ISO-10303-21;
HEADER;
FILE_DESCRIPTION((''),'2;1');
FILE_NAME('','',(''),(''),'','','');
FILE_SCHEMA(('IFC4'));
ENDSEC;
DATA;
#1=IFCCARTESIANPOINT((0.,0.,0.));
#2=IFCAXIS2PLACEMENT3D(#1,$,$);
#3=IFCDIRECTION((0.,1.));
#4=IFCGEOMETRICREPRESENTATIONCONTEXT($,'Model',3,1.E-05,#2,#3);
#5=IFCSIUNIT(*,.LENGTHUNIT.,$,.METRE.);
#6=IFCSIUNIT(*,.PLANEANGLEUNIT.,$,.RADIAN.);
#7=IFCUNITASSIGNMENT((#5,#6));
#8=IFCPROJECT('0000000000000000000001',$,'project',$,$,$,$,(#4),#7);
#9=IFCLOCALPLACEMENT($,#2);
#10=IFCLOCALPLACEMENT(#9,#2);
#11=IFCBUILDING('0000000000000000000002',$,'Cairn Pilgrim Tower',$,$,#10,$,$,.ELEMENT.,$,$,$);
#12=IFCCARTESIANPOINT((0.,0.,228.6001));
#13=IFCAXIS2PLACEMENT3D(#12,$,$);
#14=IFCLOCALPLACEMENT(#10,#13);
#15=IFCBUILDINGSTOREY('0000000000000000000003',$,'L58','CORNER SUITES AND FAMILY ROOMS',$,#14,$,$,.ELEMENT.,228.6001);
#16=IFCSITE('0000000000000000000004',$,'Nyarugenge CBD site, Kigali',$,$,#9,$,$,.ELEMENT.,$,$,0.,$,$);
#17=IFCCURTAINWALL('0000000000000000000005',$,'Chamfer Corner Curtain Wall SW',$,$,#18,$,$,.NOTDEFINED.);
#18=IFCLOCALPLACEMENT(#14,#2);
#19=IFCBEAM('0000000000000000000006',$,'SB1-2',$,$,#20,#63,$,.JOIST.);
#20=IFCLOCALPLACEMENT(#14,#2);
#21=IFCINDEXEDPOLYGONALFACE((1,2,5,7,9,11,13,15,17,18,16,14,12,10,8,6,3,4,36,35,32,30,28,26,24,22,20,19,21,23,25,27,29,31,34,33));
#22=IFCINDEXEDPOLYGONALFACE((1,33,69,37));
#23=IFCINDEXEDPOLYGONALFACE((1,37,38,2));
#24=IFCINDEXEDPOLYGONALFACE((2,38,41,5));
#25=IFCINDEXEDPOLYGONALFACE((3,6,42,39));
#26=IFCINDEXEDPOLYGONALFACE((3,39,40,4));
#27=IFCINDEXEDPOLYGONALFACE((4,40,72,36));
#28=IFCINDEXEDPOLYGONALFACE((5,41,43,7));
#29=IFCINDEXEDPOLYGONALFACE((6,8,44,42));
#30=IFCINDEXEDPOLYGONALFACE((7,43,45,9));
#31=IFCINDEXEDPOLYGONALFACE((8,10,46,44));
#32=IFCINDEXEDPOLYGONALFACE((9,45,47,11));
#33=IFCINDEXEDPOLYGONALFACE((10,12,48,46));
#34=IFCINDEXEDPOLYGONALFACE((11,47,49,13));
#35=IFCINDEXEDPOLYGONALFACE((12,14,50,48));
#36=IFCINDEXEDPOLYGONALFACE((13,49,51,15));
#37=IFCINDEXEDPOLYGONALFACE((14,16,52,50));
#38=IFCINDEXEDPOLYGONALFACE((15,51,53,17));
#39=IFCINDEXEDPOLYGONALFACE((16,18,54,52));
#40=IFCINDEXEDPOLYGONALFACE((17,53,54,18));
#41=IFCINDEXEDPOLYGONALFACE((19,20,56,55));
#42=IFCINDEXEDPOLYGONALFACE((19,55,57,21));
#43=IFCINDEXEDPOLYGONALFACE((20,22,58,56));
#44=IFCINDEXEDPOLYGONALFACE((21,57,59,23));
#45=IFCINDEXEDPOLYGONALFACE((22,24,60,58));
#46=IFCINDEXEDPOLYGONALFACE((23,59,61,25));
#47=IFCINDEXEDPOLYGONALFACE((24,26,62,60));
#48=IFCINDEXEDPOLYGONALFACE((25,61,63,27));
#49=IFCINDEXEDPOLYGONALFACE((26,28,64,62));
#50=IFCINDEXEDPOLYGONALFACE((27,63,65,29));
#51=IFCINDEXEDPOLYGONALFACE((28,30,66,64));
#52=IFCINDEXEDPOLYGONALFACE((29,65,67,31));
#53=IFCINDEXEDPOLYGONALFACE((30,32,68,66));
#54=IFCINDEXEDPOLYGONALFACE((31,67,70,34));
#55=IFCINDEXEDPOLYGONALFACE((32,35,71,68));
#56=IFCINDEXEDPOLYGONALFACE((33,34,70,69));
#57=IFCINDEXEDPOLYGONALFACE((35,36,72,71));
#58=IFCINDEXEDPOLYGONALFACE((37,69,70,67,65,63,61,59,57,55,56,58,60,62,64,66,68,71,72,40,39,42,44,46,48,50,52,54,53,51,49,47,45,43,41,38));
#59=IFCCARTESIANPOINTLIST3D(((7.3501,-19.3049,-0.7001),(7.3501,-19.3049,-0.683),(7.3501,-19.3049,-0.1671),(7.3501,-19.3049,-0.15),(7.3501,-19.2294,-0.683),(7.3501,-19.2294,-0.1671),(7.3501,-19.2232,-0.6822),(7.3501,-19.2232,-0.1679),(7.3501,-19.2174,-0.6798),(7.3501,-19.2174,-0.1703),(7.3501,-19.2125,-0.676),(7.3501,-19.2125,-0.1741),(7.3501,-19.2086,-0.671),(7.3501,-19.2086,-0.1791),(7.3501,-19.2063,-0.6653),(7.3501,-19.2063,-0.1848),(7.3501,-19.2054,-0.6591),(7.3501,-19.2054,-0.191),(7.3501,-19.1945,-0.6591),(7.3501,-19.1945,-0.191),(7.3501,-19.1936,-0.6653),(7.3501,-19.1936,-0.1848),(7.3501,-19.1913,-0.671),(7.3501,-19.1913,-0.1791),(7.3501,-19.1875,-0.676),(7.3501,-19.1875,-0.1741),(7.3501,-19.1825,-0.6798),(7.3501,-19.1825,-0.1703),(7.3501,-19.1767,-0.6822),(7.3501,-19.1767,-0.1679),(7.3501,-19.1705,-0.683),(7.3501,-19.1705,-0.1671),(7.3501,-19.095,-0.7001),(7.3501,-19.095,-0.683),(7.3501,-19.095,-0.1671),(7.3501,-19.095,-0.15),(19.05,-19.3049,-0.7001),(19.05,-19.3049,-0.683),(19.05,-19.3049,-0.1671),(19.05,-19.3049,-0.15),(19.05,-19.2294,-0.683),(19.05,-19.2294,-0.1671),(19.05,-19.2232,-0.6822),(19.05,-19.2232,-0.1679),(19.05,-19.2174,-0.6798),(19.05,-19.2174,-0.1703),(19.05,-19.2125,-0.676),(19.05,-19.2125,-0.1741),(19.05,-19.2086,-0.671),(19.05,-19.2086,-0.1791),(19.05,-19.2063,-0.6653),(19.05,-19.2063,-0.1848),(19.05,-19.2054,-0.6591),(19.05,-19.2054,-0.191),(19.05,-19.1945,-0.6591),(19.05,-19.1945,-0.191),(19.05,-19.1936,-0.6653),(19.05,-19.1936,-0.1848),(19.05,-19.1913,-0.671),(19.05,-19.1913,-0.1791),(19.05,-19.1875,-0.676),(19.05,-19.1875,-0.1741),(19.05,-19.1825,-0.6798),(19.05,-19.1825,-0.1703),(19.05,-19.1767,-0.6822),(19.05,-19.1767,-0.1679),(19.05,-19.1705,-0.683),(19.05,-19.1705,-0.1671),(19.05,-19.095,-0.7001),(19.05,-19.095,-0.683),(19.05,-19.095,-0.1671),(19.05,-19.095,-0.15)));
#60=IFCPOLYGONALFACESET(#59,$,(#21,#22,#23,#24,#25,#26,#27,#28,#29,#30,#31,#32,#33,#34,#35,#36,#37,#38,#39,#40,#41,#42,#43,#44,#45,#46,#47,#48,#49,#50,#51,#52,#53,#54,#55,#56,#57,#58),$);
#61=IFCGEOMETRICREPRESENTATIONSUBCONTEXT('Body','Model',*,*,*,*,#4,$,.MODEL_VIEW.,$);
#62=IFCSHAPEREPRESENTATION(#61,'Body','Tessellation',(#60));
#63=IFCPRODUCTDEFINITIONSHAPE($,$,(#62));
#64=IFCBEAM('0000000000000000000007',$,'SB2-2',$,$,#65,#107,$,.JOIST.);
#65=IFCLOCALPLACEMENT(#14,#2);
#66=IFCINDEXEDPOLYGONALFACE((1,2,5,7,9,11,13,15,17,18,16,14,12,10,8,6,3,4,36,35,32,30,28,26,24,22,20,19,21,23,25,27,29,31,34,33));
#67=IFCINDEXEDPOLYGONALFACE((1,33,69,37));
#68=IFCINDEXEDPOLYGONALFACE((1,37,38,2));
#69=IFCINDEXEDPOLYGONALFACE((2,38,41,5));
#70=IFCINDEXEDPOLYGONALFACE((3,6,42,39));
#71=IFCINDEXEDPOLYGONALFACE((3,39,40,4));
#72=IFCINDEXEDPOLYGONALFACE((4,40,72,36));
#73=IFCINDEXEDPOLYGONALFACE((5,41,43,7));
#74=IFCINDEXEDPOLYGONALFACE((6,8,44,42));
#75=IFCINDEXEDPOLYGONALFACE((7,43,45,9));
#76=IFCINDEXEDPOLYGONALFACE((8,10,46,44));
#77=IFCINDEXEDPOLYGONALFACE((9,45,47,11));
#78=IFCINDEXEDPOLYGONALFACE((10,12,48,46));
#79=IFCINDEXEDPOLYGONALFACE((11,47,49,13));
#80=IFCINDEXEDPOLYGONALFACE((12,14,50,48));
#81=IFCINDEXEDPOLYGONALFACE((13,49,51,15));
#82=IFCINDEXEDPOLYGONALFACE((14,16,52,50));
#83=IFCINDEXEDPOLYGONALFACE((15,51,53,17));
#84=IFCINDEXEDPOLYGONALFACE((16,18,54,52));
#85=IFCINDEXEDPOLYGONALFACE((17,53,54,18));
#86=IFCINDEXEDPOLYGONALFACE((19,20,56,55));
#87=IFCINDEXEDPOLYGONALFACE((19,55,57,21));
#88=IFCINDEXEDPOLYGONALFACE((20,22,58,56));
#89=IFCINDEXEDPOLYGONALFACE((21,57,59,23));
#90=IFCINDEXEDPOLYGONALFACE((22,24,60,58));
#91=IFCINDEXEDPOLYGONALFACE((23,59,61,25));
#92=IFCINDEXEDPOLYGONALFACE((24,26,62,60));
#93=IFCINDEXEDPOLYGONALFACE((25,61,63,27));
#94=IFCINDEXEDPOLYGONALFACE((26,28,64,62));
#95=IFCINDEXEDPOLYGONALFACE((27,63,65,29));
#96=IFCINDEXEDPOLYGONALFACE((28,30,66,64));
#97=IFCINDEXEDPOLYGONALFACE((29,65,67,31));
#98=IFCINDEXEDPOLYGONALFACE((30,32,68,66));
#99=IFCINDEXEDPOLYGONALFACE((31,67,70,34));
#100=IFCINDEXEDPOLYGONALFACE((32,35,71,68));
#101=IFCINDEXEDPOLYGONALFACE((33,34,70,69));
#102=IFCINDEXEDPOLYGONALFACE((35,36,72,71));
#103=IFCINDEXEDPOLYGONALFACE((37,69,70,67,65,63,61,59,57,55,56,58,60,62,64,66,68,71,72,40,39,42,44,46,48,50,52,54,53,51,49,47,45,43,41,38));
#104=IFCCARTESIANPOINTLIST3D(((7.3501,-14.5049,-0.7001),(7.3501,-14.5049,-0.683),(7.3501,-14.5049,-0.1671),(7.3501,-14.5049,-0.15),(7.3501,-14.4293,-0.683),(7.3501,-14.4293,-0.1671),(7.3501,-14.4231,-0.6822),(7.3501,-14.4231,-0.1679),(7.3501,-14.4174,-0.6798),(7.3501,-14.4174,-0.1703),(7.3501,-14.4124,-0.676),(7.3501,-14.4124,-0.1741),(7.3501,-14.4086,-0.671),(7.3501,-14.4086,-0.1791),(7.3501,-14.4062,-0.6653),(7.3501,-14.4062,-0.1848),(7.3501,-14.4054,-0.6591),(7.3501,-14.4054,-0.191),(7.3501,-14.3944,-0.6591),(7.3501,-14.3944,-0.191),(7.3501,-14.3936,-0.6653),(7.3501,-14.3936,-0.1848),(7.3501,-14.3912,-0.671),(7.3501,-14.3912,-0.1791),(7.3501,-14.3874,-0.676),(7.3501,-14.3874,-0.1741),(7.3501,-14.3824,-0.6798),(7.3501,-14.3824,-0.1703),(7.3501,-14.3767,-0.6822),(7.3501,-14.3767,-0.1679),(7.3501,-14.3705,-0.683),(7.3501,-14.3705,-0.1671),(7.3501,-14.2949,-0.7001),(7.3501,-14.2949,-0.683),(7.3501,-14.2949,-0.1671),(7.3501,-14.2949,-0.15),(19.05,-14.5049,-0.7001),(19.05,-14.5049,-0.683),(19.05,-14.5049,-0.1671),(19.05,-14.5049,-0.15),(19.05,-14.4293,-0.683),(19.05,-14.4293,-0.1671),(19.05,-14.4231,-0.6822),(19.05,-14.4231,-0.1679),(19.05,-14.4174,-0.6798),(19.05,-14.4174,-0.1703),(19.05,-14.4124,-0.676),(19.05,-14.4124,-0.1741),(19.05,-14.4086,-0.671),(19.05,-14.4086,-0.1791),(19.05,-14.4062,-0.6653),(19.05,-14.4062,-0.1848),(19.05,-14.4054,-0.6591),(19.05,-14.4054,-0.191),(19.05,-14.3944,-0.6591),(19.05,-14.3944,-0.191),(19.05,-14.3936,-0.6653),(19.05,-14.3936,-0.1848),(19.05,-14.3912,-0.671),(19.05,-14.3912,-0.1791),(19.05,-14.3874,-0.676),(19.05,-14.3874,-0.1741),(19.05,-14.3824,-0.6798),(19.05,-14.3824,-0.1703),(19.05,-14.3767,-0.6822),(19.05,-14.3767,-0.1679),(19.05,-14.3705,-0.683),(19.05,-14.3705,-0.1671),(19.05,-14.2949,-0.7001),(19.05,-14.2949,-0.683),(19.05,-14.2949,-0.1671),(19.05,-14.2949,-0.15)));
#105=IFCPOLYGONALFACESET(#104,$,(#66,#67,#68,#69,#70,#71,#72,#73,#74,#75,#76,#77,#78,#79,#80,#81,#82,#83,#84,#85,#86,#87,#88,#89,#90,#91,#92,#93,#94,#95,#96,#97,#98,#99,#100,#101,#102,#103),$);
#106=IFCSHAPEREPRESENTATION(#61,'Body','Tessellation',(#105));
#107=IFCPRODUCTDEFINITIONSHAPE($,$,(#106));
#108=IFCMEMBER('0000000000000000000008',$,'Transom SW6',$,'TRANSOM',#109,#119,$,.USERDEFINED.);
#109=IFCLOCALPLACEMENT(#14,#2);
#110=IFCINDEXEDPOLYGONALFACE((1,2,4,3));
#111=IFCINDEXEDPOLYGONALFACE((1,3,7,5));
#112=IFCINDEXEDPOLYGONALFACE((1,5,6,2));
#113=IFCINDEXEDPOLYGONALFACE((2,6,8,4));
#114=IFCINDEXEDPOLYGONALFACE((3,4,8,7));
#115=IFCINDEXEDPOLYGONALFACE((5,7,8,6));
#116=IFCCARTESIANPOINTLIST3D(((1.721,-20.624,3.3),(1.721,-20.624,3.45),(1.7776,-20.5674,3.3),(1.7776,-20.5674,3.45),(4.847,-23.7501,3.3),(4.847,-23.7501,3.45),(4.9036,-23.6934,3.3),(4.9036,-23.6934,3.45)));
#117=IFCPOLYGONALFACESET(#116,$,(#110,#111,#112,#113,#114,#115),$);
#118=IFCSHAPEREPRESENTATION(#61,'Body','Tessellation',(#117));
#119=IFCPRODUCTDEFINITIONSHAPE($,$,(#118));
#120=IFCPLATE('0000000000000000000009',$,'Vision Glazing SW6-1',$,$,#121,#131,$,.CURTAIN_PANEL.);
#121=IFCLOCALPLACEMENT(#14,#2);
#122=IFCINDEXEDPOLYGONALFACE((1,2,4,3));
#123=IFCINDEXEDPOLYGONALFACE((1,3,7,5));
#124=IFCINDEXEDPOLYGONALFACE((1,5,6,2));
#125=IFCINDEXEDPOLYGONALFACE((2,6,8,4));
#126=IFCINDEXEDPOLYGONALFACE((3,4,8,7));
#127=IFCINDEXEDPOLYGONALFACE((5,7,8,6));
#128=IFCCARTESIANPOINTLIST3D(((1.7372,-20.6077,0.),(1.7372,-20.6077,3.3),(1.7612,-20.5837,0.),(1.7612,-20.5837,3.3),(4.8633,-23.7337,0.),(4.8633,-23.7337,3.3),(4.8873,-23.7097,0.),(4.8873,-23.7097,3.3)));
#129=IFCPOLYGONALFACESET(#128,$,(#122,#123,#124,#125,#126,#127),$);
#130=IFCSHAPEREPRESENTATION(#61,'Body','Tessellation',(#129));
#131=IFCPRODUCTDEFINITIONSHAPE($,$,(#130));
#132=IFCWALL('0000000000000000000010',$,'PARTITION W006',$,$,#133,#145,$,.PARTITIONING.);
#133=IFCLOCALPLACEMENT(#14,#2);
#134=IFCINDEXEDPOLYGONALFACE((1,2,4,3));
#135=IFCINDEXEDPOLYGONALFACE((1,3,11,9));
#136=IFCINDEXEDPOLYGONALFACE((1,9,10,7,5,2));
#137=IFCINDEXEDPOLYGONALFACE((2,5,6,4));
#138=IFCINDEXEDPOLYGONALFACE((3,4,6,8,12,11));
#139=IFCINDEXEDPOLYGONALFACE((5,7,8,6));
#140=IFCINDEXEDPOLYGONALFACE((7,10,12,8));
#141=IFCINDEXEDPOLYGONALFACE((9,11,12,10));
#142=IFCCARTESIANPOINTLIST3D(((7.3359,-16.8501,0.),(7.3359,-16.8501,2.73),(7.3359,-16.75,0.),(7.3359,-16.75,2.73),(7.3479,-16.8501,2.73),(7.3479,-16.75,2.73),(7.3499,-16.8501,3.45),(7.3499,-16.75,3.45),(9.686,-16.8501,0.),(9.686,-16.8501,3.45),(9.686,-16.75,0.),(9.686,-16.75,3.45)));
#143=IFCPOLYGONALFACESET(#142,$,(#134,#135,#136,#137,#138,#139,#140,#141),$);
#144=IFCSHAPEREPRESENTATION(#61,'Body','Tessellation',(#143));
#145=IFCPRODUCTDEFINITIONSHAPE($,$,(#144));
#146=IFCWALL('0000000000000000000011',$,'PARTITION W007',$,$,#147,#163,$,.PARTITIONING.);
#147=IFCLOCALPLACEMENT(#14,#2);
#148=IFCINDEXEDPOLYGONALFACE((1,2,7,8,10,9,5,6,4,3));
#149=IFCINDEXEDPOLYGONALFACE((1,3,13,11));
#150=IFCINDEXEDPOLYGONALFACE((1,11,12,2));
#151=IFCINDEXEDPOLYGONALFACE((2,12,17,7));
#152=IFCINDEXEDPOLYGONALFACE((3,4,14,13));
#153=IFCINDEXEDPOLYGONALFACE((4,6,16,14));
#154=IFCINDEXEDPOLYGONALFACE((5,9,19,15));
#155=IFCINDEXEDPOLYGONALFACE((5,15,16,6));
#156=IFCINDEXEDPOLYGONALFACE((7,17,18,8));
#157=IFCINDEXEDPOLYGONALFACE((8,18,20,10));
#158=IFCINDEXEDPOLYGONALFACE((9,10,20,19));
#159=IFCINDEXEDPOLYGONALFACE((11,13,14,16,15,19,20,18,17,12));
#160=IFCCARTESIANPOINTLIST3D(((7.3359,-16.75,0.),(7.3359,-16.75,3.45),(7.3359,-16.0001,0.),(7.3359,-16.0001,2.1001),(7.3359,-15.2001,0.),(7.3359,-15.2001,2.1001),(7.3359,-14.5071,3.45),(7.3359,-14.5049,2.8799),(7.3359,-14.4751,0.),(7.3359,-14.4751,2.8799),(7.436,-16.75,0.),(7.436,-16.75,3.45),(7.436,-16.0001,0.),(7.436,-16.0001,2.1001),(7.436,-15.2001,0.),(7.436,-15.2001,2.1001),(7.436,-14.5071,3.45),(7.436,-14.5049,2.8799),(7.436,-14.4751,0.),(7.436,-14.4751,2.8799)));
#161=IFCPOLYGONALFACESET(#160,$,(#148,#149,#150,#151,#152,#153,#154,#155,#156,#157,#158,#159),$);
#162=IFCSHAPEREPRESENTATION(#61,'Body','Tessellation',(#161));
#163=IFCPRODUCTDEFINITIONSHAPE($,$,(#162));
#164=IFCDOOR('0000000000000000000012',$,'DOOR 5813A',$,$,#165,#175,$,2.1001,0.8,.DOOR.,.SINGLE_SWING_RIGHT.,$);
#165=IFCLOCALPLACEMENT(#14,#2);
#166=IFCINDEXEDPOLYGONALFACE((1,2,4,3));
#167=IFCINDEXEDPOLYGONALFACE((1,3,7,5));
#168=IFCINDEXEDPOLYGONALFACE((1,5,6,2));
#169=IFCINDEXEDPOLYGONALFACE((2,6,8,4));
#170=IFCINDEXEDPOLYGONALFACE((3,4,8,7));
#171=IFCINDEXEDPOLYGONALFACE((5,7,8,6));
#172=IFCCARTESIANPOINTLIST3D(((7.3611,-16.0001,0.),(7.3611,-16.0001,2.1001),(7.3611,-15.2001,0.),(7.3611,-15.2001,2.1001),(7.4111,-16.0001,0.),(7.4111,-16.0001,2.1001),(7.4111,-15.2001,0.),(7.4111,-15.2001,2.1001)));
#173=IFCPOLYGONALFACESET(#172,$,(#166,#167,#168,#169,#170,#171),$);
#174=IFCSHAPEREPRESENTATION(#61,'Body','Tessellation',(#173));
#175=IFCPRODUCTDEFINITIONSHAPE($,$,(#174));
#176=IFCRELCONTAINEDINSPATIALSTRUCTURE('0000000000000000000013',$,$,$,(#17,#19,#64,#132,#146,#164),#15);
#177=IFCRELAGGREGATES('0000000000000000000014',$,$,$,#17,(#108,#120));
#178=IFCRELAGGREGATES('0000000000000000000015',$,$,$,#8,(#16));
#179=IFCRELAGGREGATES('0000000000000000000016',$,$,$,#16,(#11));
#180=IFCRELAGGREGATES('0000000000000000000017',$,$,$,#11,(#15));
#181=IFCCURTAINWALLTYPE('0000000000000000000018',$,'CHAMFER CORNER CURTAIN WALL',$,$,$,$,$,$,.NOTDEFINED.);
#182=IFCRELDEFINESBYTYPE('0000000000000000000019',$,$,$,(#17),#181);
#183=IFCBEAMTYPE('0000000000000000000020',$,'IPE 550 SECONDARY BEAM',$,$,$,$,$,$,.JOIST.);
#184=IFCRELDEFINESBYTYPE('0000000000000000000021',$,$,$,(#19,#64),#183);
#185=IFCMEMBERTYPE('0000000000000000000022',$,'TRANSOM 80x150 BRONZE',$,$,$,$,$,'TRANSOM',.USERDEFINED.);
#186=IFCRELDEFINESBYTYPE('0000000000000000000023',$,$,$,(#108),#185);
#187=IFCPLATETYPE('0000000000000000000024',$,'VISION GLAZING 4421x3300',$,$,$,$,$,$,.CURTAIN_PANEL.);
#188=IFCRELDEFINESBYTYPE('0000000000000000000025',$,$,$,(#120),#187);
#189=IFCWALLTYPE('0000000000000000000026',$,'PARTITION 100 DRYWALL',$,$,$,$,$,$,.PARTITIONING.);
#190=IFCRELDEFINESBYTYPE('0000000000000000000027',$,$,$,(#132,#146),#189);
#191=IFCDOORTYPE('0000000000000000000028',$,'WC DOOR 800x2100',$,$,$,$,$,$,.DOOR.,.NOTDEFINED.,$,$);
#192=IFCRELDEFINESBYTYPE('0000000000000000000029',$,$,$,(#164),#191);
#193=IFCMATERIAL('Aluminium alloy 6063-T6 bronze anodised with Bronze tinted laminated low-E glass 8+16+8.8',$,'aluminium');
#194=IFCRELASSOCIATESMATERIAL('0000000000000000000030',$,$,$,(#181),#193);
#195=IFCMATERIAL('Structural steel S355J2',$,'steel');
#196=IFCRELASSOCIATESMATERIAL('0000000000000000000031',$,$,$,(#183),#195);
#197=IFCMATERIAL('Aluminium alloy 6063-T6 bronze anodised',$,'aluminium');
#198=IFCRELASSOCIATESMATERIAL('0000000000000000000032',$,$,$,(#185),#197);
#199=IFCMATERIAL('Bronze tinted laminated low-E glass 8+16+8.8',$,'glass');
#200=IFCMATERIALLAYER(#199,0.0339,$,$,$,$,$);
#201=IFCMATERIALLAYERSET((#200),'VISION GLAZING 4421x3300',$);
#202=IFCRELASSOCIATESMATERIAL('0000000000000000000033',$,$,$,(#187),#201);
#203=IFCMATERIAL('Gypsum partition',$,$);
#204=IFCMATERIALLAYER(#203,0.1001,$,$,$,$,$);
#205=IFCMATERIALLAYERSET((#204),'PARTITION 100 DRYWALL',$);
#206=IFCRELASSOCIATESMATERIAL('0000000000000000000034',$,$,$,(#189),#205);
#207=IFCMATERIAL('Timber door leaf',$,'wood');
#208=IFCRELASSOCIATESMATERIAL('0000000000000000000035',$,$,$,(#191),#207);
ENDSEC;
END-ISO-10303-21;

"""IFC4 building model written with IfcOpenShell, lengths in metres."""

from ifc_helpers import new_model, si_unit, direction, frame, frame_2d, origin, origin_2d, place, context, subcontext, project, spatial, polyline, rectangle, i_section, outline, extrude, material, layer, layer_set, material_profile, profile_set, type_object, element, fill, aggregate, save


model = new_model("IFC4")

# Units and contexts
model_context = context("Model", 3, precision=1e-05, world=origin(), true_north=direction((0.0, 1.0)))
body_context = subcontext(model_context, "Body", "Model", "MODEL_VIEW")
ifc_project = project(units=[si_unit("LENGTHUNIT", "METRE"), si_unit("PLANEANGLEUNIT", "RADIAN")], contexts=[model_context])

# Site, building, storey
site_placement = place(None, origin())
site = spatial("IfcSite", under=ifc_project, at=site_placement, Name="Nyarugenge CBD site, Kigali", CompositionType="ELEMENT", RefElevation=0.0)
building_placement = place(site_placement, origin())
building = spatial("IfcBuilding", under=site, at=building_placement, Name="Cairn Pilgrim Tower", CompositionType="ELEMENT")
storey_placement = place(building_placement, frame((0.0, 0.0, 228.6001)))
storey = spatial("IfcBuildingStorey", under=building, at=storey_placement, Name="L58", Description="CORNER SUITES AND FAMILY ROOMS", CompositionType="ELEMENT", Elevation=228.6001)

# Shared definitions
ifc_material_1 = material(Name="Aluminium alloy 6063-T6 bronze anodised with Bronze tinted laminated low-E glass 8+16+8.8", Category="aluminium")
ifc_material_2 = material(Name="Aluminium alloy 6063-T6 bronze anodised", Category="aluminium")

# Curtain wall
curtain_wall_type_1 = type_object("IfcCurtainWallType", Name="CHAMFER CORNER CURTAIN WALL", PredefinedType="NOTDEFINED", material=ifc_material_1)
curtain_wall_1_placement = place(storey_placement, origin())
curtain_wall_1 = element("IfcCurtainWall", 1, at=curtain_wall_1_placement, inside=storey, type_object=curtain_wall_type_1, Name="Chamfer Corner Curtain Wall SW", PredefinedType="NOTDEFINED")

# Beams
ifc_material_3 = material(Name="Structural steel S355J2", Category="steel")
ifc_material_profile_1 = material_profile(ifc_material_3, i_section(OverallWidth=0.21, OverallDepth=0.55, WebThickness=0.011, FlangeThickness=0.0171, FilletRadius=0.0239, at=origin_2d()), Name="IPE 550")
ifc_profile_set_1 = profile_set([ifc_material_profile_1], Name="Structural steel S355J2")
beam_type_1 = type_object("IfcBeamType", Name="IPE 550 SECONDARY BEAM", PredefinedType="JOIST", material=ifc_profile_set_1)
for number, where, z_axis, x_axis, name in (
    (2, (7.3501, -19.2, -0.425), (1.0, 0.0, 0.0), (0.0, 1.0, 0.0), "SB1-2"),
    (3, (7.3501, -14.3999, -0.425), (1.0, 0.0, 0.0), (0.0, 1.0, 0.0), "SB2-2"),
):
    element("IfcBeam", number, at=place(storey_placement, frame(where, z_axis=z_axis, x_axis=x_axis)), inside=storey, type_object=beam_type_1, Name=name, PredefinedType="JOIST", context=body_context, shape_type="SweptSolid", body=[
        extrude(i_section(OverallWidth=0.21, OverallDepth=0.55, WebThickness=0.011, FlangeThickness=0.0171, FilletRadius=0.0239, at=origin_2d()), origin(), (0.0, 0.0, 1.0), 11.7),
    ])

# Member
ifc_material_profile_2 = material_profile(ifc_material_2, rectangle(XDim=0.0801, YDim=0.1499, at=origin_2d()), Name="TRANSOM 80x150 BRONZE")
ifc_profile_set_2 = profile_set([ifc_material_profile_2], Name="Aluminium alloy 6063-T6 bronze anodised")
member_type_1 = type_object("IfcMemberType", Name="TRANSOM 80x150 BRONZE", ElementType="TRANSOM", PredefinedType="USERDEFINED", material=ifc_profile_set_2)
member_1_placement = place(storey_placement, frame((1.7493, -20.5957, 3.375), z_axis=(0.707107, -0.707107, 0.0), x_axis=(0.707107, 0.707107, 0.0)))
member_1 = element("IfcMember", 4, at=member_1_placement, type_object=member_type_1, Name="Transom SW6", ObjectType="TRANSOM", PredefinedType="USERDEFINED", context=body_context, shape_type="SweptSolid", body=[
    extrude(rectangle(XDim=0.0801, YDim=0.1499, at=origin_2d()), origin(), (0.0, 0.0, 1.0), 4.4209),
])

# Plate
ifc_material_4 = material(Name="Bronze tinted laminated low-E glass 8+16+8.8", Category="glass")
ifc_layer_1 = layer(ifc_material_4, 0.0339)
ifc_layer_set_1 = layer_set([ifc_layer_1], Name="VISION GLAZING 4421x3300")
plate_type = type_object("IfcPlateType", Name="VISION GLAZING 4421x3300", PredefinedType="CURTAIN_PANEL", material=ifc_layer_set_1)
plate_placement = place(storey_placement, frame((3.3123, -22.1587, 0.0), z_axis=(0.0, 0.0, 1.0), x_axis=(0.707107, -0.707107, 0.0)))
plate = element("IfcPlate", 5, at=plate_placement, type_object=plate_type, Name="Vision Glazing SW6-1", PredefinedType="CURTAIN_PANEL", context=body_context, shape_type="SweptSolid", body=[
    extrude(rectangle(XDim=4.4209, YDim=0.0339, at=origin_2d()), origin(), (0.0, 0.0, 1.0), 3.3),
])
aggregate(curtain_wall_1, [member_1, plate])

# Wall
ifc_material_5 = material(Name="Gypsum partition")
ifc_layer_2 = layer(ifc_material_5, 0.1001)
ifc_layer_set_2 = layer_set([ifc_layer_2], Name="PARTITION 100 DRYWALL")
wall_type_1 = type_object("IfcWallType", Name="PARTITION 100 DRYWALL", PredefinedType="PARTITIONING", material=ifc_layer_set_2)
wall_1_placement = place(storey_placement, frame((7.3359, -16.8, 0.0), z_axis=(0.0, 0.0, 1.0), x_axis=(1.0, 0.0, 0.0)))
element("IfcWall", 6, at=wall_1_placement, inside=storey, type_object=wall_type_1, Name="PARTITION W006", PredefinedType="PARTITIONING", context=body_context, shape_type="SweptSolid", body=[
    extrude(outline(polyline([(0.0, 0.0), (2.3501, 0.0), (2.3501, 3.45), (0.0139, 3.45), (0.012, 2.73), (0.0, 2.73), (0.0, 0.0)])), frame((0.0, 0.05, 0.0), z_axis=(0.0, -1.0, 0.0), x_axis=(1.0, 0.0, 0.0)), (0.0, 0.0, 1.0), 0.1001),
])

# Wall, opening, door
wall_2_placement = place(storey_placement, frame((7.386, -16.75, 0.0), z_axis=(0.0, 0.0, 1.0), x_axis=(0.0, 1.0, 0.0)))
wall_2 = element("IfcWall", 7, at=wall_2_placement, inside=storey, type_object=wall_type_1, Name="PARTITION W007", PredefinedType="PARTITIONING", context=body_context, shape_type="SweptSolid", body=[
    extrude(outline(polyline([(0.0, 0.0), (2.2749, 0.0), (2.2749, 2.8799), (2.2451, 2.8799), (2.2429, 3.45), (0.0, 3.45), (0.0, 0.0)])), frame((0.0, 0.05, 0.0), z_axis=(0.0, -1.0, 0.0), x_axis=(1.0, 0.0, 0.0)), (0.0, 0.0, 1.0), 0.1001),
])
opening_1_placement = place(wall_2_placement, frame((0.75, 0.0, 0.0)))
opening_1 = element("IfcOpeningElement", 8, at=opening_1_placement, cuts=wall_2, PredefinedType="OPENING", context=body_context, shape_type="SweptSolid", body=[
    extrude(rectangle(XDim=0.8, YDim=2.1001, at=frame_2d((0.3999, 1.05))), frame((0.0, 0.0601, 0.0), z_axis=(0.0, -1.0, 0.0), x_axis=(1.0, 0.0, 0.0)), (0.0, 0.0, 1.0), 0.1201),
])
ifc_material_6 = material(Name="Timber door leaf", Category="wood")
door_type_1 = type_object("IfcDoorType", Name="WC DOOR 800x2100", OperationType="NOTDEFINED", PredefinedType="DOOR", material=ifc_material_6)
door_1_placement = place(opening_1_placement, origin())
door_1 = element("IfcDoor", 9, at=door_1_placement, inside=storey, type_object=door_type_1, Name="DOOR 5813A", OperationType="SINGLE_SWING_RIGHT", OverallHeight=2.1001, OverallWidth=0.8, PredefinedType="DOOR", context=body_context, shape_type="SweptSolid", body=[
    extrude(rectangle(XDim=0.8, YDim=2.1001, at=frame_2d((0.3999, 1.05))), frame((0.0, 0.0249, 0.0), z_axis=(0.0, -1.0, 0.0), x_axis=(1.0, 0.0, 0.0)), (0.0, 0.0, 1.0), 0.05),
])
fill(opening_1, door_1)

save(model, "model.ifc")
